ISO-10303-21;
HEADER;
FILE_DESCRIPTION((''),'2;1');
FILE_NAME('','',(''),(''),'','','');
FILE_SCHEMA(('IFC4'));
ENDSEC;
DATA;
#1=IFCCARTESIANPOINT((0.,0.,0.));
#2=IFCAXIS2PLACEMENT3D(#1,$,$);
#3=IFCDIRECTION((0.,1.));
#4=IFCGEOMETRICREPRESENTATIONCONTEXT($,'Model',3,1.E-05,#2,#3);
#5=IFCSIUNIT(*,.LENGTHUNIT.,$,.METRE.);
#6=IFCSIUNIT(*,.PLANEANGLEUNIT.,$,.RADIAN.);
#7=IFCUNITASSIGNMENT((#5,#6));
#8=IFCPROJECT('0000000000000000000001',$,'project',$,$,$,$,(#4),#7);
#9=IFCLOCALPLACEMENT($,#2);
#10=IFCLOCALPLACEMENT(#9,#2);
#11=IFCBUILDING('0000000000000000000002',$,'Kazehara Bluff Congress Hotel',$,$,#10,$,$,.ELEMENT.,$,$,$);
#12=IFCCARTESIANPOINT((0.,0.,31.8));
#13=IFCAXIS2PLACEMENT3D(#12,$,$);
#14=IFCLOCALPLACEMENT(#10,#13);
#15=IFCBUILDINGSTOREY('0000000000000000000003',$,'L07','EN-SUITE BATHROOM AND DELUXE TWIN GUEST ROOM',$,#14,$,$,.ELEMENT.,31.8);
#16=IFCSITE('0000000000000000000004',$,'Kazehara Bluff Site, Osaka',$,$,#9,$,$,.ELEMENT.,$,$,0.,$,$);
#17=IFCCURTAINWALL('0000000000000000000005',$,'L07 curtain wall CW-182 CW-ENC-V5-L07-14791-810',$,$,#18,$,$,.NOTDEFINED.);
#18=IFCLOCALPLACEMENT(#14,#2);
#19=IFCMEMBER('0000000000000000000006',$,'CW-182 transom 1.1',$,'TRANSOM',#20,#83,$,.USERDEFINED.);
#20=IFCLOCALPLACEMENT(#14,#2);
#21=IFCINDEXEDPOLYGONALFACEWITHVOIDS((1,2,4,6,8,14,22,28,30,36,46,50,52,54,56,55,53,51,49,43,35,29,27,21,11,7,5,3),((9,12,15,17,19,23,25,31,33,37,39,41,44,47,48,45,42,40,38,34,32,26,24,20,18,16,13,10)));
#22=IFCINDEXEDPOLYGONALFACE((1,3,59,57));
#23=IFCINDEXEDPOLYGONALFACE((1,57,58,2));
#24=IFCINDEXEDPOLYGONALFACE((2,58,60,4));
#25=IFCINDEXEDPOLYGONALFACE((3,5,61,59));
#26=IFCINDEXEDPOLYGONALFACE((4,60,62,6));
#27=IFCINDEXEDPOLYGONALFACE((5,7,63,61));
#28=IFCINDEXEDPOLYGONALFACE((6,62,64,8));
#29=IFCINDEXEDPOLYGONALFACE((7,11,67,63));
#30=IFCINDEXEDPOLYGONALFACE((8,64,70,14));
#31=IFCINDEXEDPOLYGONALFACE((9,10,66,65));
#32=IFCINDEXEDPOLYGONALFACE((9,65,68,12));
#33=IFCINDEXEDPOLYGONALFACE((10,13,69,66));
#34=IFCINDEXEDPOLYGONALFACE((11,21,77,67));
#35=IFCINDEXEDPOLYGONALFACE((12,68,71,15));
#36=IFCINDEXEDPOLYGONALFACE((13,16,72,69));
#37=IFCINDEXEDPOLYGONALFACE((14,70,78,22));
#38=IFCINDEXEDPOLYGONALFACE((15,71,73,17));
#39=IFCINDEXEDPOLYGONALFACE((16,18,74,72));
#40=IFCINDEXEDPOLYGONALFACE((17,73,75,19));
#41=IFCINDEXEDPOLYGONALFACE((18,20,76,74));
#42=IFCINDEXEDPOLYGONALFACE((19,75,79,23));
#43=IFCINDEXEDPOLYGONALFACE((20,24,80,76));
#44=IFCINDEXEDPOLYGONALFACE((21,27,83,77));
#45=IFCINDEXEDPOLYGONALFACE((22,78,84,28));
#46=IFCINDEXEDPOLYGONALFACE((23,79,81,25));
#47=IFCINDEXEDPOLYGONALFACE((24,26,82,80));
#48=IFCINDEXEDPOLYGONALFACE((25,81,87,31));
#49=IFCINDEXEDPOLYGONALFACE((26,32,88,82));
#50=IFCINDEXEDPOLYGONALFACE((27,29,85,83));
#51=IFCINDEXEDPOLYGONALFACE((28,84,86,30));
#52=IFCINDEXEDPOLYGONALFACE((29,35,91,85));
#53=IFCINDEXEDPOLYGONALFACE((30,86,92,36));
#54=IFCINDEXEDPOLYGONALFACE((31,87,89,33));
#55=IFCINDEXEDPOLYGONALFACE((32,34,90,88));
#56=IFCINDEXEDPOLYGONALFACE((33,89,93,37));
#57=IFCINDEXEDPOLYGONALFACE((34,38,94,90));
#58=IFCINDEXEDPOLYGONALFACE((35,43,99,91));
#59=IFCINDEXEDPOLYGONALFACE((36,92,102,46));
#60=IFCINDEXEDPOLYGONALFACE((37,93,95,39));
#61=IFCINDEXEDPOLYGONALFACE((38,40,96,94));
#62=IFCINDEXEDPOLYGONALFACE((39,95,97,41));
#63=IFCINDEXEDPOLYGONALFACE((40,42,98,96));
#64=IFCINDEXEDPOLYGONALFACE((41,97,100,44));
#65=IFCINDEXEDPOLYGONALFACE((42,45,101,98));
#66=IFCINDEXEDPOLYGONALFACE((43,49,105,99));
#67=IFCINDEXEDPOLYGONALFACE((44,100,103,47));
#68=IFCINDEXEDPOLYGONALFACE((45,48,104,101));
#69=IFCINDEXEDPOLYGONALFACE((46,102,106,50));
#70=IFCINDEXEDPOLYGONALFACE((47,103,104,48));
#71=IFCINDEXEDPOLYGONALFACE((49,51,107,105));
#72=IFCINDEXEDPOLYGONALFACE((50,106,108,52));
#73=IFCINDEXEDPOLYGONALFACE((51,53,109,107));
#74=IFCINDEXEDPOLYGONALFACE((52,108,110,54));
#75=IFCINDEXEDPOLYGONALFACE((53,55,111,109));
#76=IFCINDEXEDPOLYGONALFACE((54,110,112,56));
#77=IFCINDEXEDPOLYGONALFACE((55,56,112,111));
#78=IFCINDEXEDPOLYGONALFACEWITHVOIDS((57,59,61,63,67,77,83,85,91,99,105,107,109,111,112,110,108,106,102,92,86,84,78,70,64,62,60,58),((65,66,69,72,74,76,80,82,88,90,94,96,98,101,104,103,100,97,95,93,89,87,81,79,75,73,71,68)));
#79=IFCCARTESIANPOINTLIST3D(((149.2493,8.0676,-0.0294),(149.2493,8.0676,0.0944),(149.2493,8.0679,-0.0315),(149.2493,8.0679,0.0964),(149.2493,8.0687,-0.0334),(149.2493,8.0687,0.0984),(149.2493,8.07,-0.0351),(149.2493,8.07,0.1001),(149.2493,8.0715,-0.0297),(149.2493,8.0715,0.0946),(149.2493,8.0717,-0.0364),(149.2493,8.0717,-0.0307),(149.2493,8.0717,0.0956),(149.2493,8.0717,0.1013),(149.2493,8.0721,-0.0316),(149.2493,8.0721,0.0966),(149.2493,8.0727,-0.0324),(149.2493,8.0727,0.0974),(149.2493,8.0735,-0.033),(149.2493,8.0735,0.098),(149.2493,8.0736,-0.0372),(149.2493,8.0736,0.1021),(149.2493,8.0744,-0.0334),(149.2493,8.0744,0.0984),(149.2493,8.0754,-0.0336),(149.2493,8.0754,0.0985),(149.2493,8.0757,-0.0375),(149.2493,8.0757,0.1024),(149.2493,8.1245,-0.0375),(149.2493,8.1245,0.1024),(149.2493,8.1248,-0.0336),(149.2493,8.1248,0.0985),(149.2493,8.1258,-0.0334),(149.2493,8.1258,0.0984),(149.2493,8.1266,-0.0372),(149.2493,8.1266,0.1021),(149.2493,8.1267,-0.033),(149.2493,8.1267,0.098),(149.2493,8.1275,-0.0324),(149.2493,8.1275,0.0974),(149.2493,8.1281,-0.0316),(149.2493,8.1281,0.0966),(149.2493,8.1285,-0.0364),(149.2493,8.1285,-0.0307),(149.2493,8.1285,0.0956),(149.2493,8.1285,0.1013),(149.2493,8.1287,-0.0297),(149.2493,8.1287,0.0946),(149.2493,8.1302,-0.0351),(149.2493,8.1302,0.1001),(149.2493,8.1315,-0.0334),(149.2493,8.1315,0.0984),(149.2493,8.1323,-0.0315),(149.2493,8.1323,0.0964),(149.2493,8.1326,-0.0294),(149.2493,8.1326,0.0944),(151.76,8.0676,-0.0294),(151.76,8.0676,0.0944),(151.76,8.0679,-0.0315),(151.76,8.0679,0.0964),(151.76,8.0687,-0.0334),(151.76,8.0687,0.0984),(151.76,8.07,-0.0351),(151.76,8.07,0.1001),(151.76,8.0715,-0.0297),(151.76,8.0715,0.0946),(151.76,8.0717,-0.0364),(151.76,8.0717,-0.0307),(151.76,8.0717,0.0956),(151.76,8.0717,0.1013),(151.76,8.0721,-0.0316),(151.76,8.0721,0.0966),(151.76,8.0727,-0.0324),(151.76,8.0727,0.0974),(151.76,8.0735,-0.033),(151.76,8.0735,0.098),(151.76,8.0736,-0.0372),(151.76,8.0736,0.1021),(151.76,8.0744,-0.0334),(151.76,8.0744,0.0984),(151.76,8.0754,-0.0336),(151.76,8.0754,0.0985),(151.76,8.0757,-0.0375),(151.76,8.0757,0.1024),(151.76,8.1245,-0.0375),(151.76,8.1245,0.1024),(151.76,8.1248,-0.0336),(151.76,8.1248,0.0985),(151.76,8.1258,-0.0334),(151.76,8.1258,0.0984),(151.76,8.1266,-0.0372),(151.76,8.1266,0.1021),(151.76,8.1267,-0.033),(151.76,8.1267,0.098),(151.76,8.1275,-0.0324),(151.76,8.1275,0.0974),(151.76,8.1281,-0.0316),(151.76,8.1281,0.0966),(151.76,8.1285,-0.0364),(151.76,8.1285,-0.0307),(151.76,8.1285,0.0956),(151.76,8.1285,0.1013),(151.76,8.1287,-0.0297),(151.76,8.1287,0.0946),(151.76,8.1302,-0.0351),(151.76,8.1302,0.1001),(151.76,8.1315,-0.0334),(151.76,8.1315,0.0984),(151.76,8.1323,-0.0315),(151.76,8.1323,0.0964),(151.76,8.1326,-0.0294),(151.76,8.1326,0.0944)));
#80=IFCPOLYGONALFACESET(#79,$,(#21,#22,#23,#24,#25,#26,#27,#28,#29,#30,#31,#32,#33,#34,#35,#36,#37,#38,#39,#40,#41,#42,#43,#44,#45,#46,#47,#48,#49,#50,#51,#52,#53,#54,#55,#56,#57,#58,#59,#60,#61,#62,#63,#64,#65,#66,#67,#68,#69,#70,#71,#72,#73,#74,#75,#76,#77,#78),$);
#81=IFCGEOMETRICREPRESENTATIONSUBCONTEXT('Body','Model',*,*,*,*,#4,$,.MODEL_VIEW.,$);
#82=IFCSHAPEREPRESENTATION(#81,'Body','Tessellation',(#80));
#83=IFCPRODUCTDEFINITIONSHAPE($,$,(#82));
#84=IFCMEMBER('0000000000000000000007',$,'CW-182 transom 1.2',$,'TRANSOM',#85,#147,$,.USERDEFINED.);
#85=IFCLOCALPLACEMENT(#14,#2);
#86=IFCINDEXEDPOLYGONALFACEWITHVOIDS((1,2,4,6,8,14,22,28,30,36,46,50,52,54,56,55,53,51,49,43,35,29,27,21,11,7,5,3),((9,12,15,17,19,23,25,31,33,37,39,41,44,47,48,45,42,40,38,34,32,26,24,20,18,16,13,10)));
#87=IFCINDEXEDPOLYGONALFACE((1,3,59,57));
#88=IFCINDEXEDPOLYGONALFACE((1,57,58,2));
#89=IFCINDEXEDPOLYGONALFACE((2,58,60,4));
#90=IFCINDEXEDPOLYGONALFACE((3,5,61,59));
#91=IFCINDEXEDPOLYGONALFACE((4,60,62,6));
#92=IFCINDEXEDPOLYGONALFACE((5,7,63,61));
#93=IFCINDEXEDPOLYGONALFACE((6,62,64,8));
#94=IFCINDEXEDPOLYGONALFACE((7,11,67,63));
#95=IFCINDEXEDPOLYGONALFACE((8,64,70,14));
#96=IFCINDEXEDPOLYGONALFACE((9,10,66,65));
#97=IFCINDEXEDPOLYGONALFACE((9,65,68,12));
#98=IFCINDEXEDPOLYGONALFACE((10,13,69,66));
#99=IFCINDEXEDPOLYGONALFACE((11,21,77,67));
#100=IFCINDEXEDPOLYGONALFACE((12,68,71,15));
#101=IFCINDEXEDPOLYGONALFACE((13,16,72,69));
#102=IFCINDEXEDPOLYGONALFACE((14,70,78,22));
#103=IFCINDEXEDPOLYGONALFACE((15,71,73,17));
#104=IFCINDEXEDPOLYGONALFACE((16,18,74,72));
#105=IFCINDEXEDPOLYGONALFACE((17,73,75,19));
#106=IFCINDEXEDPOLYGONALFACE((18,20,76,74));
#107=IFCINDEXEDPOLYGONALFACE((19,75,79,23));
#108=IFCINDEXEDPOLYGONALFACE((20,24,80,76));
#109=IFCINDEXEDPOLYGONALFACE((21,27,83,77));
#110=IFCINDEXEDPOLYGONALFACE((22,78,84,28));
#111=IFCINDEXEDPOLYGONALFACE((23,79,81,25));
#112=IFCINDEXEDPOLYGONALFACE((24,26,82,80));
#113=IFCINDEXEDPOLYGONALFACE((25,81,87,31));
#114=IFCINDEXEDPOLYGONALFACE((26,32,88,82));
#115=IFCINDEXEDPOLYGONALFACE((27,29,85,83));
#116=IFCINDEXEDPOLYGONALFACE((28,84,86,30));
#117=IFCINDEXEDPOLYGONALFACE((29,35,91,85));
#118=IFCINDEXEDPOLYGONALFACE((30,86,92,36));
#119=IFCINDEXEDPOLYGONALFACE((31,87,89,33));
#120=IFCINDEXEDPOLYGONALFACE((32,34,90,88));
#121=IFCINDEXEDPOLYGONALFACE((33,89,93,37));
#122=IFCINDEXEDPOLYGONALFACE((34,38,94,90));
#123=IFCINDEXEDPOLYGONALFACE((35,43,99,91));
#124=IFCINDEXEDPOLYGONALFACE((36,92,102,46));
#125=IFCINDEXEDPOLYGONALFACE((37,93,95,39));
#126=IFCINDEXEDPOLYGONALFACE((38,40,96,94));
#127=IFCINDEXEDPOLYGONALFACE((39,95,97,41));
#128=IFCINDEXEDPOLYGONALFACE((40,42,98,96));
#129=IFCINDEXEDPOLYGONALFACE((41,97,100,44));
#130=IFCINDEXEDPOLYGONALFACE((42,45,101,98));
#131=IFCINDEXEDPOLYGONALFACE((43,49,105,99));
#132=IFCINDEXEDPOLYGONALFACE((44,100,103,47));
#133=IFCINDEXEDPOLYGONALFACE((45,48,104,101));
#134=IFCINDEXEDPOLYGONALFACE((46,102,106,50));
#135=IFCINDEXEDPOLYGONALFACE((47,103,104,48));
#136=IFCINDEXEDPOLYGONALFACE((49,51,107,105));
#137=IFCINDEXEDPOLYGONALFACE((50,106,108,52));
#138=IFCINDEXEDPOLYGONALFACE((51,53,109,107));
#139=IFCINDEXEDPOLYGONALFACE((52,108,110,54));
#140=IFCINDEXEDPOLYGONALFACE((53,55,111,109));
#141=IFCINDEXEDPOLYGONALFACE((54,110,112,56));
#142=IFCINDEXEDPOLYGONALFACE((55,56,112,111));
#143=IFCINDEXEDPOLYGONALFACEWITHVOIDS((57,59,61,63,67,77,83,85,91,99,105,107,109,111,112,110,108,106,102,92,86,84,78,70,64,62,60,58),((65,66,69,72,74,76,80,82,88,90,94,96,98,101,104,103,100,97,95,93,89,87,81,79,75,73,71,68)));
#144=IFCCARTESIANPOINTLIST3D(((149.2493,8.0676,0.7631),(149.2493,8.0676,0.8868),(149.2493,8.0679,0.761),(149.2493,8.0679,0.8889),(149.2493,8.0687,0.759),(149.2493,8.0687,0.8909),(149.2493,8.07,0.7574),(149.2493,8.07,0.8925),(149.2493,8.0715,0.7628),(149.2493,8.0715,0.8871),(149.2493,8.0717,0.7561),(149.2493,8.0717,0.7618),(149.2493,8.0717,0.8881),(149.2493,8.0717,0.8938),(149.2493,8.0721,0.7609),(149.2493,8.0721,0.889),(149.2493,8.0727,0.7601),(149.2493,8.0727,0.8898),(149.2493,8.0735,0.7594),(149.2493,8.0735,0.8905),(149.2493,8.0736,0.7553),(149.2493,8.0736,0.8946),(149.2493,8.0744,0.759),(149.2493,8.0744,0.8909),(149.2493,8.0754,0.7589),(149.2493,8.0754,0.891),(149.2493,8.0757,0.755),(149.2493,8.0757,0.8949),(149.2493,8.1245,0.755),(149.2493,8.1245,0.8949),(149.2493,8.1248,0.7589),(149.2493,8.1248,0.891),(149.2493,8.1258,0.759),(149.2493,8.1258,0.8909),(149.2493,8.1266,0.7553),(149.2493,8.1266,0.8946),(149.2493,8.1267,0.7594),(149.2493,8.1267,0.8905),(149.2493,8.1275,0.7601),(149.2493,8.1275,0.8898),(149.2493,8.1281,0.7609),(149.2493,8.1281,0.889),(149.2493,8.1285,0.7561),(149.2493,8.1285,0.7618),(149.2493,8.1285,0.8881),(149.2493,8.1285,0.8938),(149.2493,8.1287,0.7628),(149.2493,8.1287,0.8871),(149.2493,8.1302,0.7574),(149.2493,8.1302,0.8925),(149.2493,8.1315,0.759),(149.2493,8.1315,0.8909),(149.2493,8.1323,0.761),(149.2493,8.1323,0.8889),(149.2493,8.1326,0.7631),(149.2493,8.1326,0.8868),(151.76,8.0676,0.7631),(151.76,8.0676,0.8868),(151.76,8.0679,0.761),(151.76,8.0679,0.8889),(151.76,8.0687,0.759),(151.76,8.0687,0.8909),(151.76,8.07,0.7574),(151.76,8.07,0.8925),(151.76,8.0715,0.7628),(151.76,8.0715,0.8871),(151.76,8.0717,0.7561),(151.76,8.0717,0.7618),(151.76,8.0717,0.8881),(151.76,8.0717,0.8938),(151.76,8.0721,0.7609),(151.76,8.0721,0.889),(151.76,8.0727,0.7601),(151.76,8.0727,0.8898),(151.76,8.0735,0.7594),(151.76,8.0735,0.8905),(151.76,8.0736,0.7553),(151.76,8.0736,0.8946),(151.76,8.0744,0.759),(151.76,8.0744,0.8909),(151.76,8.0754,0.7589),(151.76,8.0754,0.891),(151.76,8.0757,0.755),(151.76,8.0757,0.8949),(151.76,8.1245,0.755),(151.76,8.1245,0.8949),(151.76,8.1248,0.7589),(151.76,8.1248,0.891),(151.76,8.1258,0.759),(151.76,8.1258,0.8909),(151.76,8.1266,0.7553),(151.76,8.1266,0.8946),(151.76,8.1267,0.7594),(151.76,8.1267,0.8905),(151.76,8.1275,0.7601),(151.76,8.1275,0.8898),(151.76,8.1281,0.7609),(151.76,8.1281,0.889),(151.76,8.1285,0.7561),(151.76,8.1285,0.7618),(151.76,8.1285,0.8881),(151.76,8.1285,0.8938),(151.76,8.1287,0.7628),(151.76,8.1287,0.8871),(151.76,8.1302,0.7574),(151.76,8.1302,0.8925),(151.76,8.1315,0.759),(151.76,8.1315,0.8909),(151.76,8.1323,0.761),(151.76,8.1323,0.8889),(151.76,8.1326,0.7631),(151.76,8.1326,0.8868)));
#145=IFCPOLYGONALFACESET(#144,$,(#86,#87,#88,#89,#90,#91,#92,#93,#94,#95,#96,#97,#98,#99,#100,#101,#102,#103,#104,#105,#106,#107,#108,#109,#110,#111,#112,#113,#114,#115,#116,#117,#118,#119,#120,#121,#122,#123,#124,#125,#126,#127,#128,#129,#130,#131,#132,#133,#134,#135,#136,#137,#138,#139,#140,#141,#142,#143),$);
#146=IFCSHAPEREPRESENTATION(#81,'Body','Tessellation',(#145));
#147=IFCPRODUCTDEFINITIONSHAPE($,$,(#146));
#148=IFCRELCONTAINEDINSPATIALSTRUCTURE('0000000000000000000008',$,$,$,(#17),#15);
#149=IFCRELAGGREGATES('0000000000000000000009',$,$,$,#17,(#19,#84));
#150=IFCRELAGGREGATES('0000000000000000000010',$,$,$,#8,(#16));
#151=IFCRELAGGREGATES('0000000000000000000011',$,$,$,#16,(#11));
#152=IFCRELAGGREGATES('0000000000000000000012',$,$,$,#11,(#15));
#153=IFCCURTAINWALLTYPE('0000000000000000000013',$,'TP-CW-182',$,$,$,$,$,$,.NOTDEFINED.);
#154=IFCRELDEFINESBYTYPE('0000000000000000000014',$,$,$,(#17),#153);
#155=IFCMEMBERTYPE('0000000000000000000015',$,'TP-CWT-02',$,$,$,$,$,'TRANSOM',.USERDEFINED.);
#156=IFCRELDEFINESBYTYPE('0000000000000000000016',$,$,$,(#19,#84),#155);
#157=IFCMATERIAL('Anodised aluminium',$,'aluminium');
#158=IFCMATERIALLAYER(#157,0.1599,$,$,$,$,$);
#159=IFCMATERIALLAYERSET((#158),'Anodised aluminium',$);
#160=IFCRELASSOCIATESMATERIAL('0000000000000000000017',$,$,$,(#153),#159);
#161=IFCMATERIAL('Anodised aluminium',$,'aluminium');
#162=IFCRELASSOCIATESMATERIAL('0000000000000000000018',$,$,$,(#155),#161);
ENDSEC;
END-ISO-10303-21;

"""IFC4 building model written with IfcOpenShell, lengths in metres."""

from ifc_helpers import new_model, si_unit, direction, frame, origin, origin_2d, place, context, subcontext, project, spatial, hollow_rectangle, extrude, material, layer, layer_set, material_profile, profile_set, type_object, element, aggregate, save


model = new_model("IFC4")

# Units and contexts
model_context = context("Model", 3, precision=1e-05, world=origin(), true_north=direction((0.0, 1.0)))
body_context = subcontext(model_context, "Body", "Model", "MODEL_VIEW")
ifc_project = project(units=[si_unit("LENGTHUNIT", "METRE"), si_unit("PLANEANGLEUNIT", "RADIAN")], contexts=[model_context])

# Site, building, storey
site_placement = place(None, origin())
site = spatial("IfcSite", under=ifc_project, at=site_placement, Name="Kazehara Bluff Site, Osaka", CompositionType="ELEMENT", RefElevation=0.0)
building_placement = place(site_placement, origin())
building = spatial("IfcBuilding", under=site, at=building_placement, Name="Kazehara Bluff Congress Hotel", CompositionType="ELEMENT")
storey_placement = place(building_placement, frame((0.0, 0.0, 31.8)))
storey = spatial("IfcBuildingStorey", under=building, at=storey_placement, Name="L07", Description="EN-SUITE BATHROOM AND DELUXE TWIN GUEST ROOM", CompositionType="ELEMENT", Elevation=31.8)

# Curtain wall, members
ifc_material_1 = material(Name="Anodised aluminium", Category="aluminium")
ifc_layer_1 = layer(ifc_material_1, 0.1599)
ifc_layer_set_1 = layer_set([ifc_layer_1], Name="Anodised aluminium")
curtain_wall_type = type_object("IfcCurtainWallType", Name="TP-CW-182", PredefinedType="NOTDEFINED", material=ifc_layer_set_1)
curtain_wall_placement = place(storey_placement, origin())
curtain_wall = element("IfcCurtainWall", 1, at=curtain_wall_placement, inside=storey, type_object=curtain_wall_type, Name="L07 curtain wall CW-182 CW-ENC-V5-L07-14791-810", PredefinedType="NOTDEFINED")
ifc_material_2 = material(Name="Anodised aluminium", Category="aluminium")
ifc_material_profile_1 = material_profile(ifc_material_2, hollow_rectangle(XDim=0.0649, YDim=0.1399, WallThickness=0.0039, InnerFilletRadius=0.0039, OuterFilletRadius=0.0081, at=origin_2d()))
ifc_profile_set_1 = profile_set([ifc_material_profile_1], Name="Anodised aluminium")
member_type_1 = type_object("IfcMemberType", Name="TP-CWT-02", ElementType="TRANSOM", PredefinedType="USERDEFINED", material=ifc_profile_set_1)
member_1_placement = place(storey_placement, frame((151.76, 8.1001, 0.0325), z_axis=(-1.0, 0.0, 0.0), x_axis=(0.0, -1.0, 0.0)))
member_1 = element("IfcMember", 2, at=member_1_placement, type_object=member_type_1, Name="CW-182 transom 1.1", ObjectType="TRANSOM", PredefinedType="USERDEFINED", context=body_context, shape_type="SweptSolid", body=[
    extrude(hollow_rectangle(XDim=0.0649, YDim=0.1399, WallThickness=0.0039, InnerFilletRadius=0.0039, OuterFilletRadius=0.0081, at=origin_2d()), origin(), (0.0, 0.0, 1.0), 2.5107),
])
member_2_placement = place(storey_placement, frame((151.76, 8.1001, 0.825), z_axis=(-1.0, 0.0, 0.0), x_axis=(0.0, -1.0, 0.0)))
member_2 = element("IfcMember", 3, at=member_2_placement, type_object=member_type_1, Name="CW-182 transom 1.2", ObjectType="TRANSOM", PredefinedType="USERDEFINED", context=body_context, shape_type="SweptSolid", body=[
    extrude(hollow_rectangle(XDim=0.0649, YDim=0.1399, WallThickness=0.0039, InnerFilletRadius=0.0039, OuterFilletRadius=0.0081, at=origin_2d()), origin(), (0.0, 0.0, 1.0), 2.5107),
])

aggregate(curtain_wall, [member_1, member_2])

save(model, "model.ifc")
